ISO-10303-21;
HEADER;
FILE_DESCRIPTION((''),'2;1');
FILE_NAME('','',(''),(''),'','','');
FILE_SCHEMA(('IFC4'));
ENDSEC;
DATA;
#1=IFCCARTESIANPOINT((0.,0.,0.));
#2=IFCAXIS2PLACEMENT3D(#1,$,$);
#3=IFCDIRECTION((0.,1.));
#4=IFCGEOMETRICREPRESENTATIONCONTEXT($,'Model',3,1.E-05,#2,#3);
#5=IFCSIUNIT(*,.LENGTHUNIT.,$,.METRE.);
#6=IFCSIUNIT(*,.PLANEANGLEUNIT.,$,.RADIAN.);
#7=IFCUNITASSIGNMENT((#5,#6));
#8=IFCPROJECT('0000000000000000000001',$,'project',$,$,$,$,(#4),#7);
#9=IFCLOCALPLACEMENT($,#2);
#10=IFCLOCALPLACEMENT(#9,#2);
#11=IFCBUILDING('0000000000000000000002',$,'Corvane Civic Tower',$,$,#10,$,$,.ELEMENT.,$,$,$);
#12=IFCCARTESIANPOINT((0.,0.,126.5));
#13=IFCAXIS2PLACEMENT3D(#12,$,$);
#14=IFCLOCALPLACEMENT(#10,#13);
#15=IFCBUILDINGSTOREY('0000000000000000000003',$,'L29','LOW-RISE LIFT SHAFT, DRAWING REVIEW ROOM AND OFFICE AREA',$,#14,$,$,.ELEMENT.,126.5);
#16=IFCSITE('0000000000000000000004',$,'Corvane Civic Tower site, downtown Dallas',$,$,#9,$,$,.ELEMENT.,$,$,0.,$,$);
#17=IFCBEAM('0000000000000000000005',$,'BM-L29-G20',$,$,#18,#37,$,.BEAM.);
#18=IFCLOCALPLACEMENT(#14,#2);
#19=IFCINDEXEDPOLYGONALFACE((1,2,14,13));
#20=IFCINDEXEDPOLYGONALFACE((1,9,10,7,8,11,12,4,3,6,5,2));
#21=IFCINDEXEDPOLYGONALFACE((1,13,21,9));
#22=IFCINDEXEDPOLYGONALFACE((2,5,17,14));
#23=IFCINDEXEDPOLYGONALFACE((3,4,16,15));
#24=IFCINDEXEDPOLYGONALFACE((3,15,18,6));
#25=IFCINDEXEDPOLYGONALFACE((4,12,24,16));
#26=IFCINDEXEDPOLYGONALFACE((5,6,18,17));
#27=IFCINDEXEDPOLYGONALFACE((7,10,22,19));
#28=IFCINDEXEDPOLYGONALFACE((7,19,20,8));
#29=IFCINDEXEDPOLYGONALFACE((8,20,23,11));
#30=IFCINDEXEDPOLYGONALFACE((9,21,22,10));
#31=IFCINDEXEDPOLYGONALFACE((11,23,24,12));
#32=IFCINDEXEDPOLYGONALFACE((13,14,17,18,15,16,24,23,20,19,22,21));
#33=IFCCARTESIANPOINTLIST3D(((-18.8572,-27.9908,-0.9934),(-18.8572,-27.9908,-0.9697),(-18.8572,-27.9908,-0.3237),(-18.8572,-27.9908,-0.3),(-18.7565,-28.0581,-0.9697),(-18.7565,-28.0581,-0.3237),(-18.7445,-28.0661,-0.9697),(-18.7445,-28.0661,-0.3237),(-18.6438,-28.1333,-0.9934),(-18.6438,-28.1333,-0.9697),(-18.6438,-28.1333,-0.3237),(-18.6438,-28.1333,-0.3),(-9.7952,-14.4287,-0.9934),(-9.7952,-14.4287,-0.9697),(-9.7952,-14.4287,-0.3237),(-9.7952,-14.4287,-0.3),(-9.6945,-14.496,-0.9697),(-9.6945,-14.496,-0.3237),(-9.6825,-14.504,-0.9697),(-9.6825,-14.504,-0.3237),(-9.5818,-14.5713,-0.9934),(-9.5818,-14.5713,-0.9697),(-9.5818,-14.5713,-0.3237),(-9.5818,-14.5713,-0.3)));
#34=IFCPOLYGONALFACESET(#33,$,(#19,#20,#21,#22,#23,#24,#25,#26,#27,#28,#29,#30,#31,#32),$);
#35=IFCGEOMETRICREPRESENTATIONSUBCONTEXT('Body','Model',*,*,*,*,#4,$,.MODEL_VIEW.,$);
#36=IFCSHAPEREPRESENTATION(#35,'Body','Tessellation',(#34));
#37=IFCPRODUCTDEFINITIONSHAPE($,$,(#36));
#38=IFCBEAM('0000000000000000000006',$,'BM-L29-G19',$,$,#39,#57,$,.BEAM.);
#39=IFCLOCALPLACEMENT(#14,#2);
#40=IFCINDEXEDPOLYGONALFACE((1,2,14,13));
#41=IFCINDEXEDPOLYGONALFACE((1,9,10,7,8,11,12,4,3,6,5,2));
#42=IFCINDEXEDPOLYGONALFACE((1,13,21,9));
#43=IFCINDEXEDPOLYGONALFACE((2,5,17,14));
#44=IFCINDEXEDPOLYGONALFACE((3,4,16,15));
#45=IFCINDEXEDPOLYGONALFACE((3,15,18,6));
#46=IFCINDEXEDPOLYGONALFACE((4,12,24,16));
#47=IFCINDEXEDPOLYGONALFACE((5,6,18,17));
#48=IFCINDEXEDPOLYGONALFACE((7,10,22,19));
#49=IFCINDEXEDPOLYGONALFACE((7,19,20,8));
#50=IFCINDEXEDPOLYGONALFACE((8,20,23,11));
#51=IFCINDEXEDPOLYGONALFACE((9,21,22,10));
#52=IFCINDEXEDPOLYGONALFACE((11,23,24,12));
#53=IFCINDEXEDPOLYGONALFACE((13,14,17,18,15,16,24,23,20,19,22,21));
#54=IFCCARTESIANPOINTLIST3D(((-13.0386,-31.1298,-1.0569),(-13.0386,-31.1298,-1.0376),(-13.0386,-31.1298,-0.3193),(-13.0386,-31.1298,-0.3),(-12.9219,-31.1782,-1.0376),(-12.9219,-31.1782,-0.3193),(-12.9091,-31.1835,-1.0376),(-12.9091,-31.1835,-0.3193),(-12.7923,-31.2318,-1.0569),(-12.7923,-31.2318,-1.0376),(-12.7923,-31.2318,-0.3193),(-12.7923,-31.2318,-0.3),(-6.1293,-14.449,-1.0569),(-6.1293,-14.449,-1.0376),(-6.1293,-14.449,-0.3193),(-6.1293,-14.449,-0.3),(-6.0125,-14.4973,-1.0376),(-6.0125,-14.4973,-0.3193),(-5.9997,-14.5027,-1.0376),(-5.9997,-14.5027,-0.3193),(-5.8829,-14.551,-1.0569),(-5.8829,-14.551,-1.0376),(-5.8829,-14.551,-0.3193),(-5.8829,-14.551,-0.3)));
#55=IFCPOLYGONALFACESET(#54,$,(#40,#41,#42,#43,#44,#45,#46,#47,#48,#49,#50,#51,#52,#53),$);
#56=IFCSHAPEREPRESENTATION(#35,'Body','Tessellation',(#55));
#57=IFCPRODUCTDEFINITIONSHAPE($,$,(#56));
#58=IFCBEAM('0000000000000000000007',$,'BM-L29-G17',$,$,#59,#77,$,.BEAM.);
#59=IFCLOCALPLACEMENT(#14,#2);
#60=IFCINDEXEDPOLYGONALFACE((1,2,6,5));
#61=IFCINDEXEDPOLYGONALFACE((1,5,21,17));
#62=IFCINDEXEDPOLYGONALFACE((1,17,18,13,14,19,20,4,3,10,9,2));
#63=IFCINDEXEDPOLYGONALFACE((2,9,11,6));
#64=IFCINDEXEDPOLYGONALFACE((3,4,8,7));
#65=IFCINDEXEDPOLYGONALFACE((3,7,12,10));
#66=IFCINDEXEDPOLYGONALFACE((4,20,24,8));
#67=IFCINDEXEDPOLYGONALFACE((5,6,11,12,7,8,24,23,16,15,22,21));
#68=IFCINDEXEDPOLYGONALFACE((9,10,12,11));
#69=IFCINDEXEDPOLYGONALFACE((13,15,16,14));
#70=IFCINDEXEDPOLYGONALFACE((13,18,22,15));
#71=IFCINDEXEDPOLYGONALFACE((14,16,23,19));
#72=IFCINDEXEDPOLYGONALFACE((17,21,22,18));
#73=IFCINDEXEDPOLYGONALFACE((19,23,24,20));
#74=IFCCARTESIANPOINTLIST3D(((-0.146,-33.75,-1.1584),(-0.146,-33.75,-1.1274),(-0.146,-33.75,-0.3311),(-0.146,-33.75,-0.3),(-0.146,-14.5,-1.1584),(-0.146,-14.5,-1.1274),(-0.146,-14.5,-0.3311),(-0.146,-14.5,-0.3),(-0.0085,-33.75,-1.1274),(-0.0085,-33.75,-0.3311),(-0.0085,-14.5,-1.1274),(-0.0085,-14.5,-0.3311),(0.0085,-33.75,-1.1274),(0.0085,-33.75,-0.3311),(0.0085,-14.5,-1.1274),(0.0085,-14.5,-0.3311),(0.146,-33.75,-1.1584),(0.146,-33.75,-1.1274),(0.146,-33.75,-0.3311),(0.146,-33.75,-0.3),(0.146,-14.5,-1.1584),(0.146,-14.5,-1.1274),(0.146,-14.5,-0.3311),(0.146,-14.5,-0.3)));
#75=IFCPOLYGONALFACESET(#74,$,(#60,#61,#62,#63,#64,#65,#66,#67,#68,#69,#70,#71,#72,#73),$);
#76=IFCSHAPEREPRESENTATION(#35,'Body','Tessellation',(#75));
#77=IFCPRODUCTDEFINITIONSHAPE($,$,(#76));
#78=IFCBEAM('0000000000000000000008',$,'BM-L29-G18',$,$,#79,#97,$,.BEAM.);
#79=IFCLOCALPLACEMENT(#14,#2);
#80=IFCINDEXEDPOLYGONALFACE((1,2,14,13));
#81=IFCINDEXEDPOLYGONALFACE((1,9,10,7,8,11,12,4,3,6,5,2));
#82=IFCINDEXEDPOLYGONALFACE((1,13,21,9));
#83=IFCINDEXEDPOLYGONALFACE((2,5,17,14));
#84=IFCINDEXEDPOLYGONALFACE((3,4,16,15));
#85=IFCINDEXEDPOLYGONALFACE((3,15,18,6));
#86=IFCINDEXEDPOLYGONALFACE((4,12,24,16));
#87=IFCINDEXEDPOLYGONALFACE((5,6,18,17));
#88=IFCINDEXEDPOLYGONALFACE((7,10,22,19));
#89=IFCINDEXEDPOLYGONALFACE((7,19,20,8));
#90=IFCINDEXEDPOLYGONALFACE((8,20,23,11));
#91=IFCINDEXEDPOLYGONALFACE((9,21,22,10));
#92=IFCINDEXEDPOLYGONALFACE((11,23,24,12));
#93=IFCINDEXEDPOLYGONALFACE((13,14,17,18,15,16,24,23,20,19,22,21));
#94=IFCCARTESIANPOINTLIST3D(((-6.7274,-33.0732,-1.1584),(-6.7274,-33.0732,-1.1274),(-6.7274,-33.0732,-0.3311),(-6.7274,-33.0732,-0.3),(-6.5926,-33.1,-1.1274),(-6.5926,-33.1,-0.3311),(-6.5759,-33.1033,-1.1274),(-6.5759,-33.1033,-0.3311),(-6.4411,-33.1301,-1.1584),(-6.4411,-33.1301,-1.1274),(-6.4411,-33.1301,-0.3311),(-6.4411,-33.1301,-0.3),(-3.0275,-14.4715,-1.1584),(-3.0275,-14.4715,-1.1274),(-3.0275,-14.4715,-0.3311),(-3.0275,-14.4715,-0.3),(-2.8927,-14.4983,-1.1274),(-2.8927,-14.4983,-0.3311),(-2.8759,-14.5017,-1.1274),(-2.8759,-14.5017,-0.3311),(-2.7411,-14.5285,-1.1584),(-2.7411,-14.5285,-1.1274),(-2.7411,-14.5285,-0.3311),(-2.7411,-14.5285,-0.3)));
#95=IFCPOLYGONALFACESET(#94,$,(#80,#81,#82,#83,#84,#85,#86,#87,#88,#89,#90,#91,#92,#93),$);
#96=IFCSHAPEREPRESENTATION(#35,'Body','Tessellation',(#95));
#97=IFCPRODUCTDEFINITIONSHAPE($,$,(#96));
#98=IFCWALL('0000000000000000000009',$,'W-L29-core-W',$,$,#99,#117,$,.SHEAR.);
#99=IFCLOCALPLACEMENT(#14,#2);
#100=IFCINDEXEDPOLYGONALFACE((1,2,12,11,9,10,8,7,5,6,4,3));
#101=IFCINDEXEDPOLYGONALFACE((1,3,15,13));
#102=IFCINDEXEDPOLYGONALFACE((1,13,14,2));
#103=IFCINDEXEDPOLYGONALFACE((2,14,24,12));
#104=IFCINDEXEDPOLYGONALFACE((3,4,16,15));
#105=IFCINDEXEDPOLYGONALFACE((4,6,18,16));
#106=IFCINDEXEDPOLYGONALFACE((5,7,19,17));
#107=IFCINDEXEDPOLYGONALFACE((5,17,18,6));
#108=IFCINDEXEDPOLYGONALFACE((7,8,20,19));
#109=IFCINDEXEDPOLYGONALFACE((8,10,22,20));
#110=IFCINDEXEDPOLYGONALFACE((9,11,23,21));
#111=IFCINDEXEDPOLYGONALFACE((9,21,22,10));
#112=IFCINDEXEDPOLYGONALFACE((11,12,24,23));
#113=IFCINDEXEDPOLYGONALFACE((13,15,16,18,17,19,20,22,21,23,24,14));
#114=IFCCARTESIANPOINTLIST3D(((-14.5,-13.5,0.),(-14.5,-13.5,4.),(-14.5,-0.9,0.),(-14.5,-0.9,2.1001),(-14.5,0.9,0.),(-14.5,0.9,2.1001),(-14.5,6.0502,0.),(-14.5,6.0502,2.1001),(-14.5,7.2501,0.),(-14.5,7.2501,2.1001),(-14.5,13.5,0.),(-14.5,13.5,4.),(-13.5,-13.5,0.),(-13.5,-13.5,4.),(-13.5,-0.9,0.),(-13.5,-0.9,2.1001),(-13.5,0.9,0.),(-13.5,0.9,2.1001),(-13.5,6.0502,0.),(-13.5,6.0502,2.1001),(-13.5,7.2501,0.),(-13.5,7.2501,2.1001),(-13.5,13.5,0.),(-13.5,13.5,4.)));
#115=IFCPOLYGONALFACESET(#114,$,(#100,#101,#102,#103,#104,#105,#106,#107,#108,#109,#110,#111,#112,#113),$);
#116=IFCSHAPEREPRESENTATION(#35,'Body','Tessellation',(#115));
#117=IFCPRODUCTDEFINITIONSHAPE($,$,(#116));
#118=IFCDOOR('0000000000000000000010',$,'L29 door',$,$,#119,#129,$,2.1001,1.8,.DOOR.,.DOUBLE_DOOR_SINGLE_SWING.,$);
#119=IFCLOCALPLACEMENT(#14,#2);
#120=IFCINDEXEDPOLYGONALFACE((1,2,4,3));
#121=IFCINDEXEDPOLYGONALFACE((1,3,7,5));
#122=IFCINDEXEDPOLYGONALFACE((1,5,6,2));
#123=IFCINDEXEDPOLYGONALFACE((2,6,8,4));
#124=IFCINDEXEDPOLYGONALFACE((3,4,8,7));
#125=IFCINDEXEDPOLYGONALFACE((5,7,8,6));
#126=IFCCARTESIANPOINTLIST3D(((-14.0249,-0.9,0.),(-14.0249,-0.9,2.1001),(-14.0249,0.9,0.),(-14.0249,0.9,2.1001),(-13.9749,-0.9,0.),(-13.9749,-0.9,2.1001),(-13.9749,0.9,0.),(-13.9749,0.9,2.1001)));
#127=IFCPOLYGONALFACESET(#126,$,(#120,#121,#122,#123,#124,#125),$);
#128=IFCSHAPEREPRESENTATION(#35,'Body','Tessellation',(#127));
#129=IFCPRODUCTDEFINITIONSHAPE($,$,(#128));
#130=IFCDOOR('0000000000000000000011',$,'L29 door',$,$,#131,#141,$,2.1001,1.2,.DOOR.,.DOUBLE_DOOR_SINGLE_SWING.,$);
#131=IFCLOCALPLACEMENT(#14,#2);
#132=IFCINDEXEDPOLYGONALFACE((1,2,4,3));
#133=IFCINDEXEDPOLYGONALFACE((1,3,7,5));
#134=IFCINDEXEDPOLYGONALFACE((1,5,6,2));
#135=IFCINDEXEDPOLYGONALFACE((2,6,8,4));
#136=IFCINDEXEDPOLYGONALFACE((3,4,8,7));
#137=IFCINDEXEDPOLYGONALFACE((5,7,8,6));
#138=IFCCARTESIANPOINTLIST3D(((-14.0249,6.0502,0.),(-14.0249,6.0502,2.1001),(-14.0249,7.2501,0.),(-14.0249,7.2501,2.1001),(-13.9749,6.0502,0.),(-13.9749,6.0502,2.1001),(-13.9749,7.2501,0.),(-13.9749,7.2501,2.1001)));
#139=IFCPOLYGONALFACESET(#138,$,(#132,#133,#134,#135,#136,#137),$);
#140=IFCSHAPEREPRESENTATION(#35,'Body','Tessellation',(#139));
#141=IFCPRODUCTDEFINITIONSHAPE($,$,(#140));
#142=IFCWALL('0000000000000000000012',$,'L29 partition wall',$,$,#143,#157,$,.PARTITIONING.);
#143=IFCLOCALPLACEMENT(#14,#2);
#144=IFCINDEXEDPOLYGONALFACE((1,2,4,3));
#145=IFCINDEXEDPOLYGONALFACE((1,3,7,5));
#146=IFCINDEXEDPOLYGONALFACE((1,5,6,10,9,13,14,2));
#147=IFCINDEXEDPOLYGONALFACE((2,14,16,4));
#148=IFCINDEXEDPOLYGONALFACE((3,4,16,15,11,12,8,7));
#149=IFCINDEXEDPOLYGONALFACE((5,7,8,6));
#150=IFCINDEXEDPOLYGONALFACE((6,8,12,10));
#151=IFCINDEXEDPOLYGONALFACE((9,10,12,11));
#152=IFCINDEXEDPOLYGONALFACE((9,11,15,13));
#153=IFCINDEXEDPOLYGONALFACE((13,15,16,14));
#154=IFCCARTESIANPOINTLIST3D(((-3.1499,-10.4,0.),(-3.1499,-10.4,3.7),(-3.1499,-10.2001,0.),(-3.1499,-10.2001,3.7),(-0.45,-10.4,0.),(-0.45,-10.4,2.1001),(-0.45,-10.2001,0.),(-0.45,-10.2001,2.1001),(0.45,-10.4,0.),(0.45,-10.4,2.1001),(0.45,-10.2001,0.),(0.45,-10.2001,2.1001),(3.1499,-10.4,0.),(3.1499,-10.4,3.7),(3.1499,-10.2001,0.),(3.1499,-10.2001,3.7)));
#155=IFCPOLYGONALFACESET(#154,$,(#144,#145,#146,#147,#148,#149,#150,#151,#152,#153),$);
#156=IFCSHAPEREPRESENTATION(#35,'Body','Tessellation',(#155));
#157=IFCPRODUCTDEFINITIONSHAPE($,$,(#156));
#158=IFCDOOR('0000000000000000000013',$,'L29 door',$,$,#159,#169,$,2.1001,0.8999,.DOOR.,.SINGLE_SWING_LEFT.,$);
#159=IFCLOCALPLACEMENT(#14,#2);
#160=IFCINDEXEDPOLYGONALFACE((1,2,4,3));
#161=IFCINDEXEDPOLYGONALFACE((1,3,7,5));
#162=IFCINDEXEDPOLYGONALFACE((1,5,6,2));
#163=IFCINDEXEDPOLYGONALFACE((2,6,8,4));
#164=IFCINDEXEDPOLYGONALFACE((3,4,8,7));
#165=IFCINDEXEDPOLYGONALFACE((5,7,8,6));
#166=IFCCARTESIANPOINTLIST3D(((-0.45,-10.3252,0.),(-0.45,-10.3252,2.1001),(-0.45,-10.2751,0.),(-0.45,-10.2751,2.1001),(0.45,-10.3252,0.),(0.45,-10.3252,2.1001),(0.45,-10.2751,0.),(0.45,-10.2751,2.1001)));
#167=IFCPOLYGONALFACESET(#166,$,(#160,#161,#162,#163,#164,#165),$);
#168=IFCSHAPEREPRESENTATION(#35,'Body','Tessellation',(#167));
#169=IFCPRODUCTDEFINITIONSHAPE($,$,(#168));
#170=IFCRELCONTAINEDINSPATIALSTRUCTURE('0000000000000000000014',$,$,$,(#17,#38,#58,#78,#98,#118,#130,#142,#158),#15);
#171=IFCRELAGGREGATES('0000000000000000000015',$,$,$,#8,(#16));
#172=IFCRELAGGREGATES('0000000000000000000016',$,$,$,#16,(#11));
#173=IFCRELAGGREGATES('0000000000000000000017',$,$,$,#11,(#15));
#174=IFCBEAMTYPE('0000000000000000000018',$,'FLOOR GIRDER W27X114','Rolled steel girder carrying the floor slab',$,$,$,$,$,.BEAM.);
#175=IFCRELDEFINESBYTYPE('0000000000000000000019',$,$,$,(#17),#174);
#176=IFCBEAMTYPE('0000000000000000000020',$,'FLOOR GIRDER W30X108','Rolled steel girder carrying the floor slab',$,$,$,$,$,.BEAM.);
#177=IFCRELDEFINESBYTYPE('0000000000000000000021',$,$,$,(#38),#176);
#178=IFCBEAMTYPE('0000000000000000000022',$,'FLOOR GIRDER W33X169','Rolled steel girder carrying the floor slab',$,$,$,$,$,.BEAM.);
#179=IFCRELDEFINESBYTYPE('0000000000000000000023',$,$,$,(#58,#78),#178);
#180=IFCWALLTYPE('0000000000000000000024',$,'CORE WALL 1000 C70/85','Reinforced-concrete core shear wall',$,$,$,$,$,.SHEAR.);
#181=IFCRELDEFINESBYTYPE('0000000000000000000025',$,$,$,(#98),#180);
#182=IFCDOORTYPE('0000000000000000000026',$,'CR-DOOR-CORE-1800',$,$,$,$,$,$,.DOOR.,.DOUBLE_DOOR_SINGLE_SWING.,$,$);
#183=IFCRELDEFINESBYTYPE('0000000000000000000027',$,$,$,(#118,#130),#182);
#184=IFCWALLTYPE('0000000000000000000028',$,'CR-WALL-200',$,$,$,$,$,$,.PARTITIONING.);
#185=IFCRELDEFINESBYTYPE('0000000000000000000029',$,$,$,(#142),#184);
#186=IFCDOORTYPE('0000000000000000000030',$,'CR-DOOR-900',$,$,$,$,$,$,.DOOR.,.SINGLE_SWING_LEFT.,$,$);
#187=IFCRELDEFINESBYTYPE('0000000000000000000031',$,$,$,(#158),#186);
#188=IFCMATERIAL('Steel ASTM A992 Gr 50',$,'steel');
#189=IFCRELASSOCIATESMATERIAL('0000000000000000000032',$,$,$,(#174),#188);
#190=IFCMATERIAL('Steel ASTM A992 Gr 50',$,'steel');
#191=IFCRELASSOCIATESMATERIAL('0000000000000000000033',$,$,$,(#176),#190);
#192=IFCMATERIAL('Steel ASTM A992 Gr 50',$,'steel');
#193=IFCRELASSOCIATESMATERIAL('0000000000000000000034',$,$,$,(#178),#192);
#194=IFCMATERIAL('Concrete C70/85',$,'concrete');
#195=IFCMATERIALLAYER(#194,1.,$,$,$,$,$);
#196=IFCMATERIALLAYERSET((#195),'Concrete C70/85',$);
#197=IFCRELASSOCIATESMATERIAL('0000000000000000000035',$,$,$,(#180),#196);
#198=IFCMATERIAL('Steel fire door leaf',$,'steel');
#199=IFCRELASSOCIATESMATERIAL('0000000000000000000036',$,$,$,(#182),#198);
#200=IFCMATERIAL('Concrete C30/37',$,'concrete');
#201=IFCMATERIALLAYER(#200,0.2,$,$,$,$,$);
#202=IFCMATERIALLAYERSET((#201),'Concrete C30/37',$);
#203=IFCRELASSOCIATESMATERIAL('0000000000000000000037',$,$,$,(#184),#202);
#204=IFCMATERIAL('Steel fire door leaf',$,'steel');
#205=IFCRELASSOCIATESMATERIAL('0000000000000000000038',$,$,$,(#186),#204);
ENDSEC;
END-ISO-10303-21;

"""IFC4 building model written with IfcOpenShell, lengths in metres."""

from ifc_helpers import new_model, si_unit, direction, frame, frame_2d, origin, origin_2d, place, context, subcontext, project, spatial, rectangle, i_section, extrude, material, layer, layer_set, material_profile, profile_set, type_object, element, fill, save


model = new_model("IFC4")

# Units and contexts
model_context = context("Model", 3, precision=1e-05, world=origin(), true_north=direction((0.0, 1.0)))
body_context = subcontext(model_context, "Body", "Model", "MODEL_VIEW")
ifc_project = project(units=[si_unit("LENGTHUNIT", "METRE"), si_unit("PLANEANGLEUNIT", "RADIAN")], contexts=[model_context])

# Site, building, storey
site_placement = place(None, origin())
site = spatial("IfcSite", under=ifc_project, at=site_placement, Name="Corvane Civic Tower site, downtown Dallas", CompositionType="ELEMENT", RefElevation=0.0)
building_placement = place(site_placement, origin())
building = spatial("IfcBuilding", under=site, at=building_placement, Name="Corvane Civic Tower", CompositionType="ELEMENT")
storey_placement = place(building_placement, frame((0.0, 0.0, 126.5)))
storey = spatial("IfcBuildingStorey", under=building, at=storey_placement, Name="L29", Description="LOW-RISE LIFT SHAFT, DRAWING REVIEW ROOM AND OFFICE AREA", CompositionType="ELEMENT", Elevation=126.5)

# Beams
ifc_material_1 = material(Name="Steel ASTM A992 Gr 50", Category="steel")
ifc_material_profile_1 = material_profile(ifc_material_1, i_section(OverallWidth=0.2566, OverallDepth=0.6934, WebThickness=0.0144, FlangeThickness=0.0237, at=origin_2d()), Name="W27X114")
ifc_profile_set_1 = profile_set([ifc_material_profile_1], Name="Steel ASTM A992 Gr 50")
beam_type_1 = type_object("IfcBeamType", Name="FLOOR GIRDER W27X114", Description="Rolled steel girder carrying the floor slab", PredefinedType="BEAM", material=ifc_profile_set_1)
beam_1_placement = place(storey_placement, frame((-9.6885, -14.5, -0.6467), z_axis=(-0.555577, -0.831465, 0.0), x_axis=(0.831465, -0.555577, 0.0)))
element("IfcBeam", 1, at=beam_1_placement, inside=storey, type_object=beam_type_1, Name="BM-L29-G20", PredefinedType="BEAM", context=body_context, shape_type="SweptSolid", body=[
    extrude(i_section(OverallWidth=0.2566, OverallDepth=0.6934, WebThickness=0.0144, FlangeThickness=0.0237, at=origin_2d()), origin(), (0.0, 0.0, 1.0), 16.311),
])
ifc_material_2 = material(Name="Steel ASTM A992 Gr 50", Category="steel")
ifc_material_profile_2 = material_profile(ifc_material_2, i_section(OverallWidth=0.2666, OverallDepth=0.7568, WebThickness=0.0139, FlangeThickness=0.0193, at=origin_2d()), Name="W30X108")
ifc_profile_set_2 = profile_set([ifc_material_profile_2], Name="Steel ASTM A992 Gr 50")
beam_type_2 = type_object("IfcBeamType", Name="FLOOR GIRDER W30X108", Description="Rolled steel girder carrying the floor slab", PredefinedType="BEAM", material=ifc_profile_set_2)
beam_2_placement = place(storey_placement, frame((-6.0061, -14.5, -0.6785), z_axis=(-0.382682, -0.92388, 0.0), x_axis=(0.92388, -0.382682, 0.0)))
element("IfcBeam", 2, at=beam_2_placement, inside=storey, type_object=beam_type_2, Name="BM-L29-G19", PredefinedType="BEAM", context=body_context, shape_type="SweptSolid", body=[
    extrude(i_section(OverallWidth=0.2666, OverallDepth=0.7568, WebThickness=0.0139, FlangeThickness=0.0193, at=origin_2d()), origin(), (0.0, 0.0, 1.0), 18.0552),
])
ifc_material_3 = material(Name="Steel ASTM A992 Gr 50", Category="steel")
ifc_material_profile_3 = material_profile(ifc_material_3, i_section(OverallWidth=0.292, OverallDepth=0.8584, WebThickness=0.0171, FlangeThickness=0.031, at=origin_2d()), Name="W33X169")
ifc_profile_set_3 = profile_set([ifc_material_profile_3], Name="Steel ASTM A992 Gr 50")
beam_type_3 = type_object("IfcBeamType", Name="FLOOR GIRDER W33X169", Description="Rolled steel girder carrying the floor slab", PredefinedType="BEAM", material=ifc_profile_set_3)
beam_3_placement = place(storey_placement, frame((0.0, -14.5, -0.7292), z_axis=(0.0, -1.0, 0.0), x_axis=(1.0, 0.0, 0.0)))
element("IfcBeam", 3, at=beam_3_placement, inside=storey, type_object=beam_type_3, Name="BM-L29-G17", PredefinedType="BEAM", context=body_context, shape_type="SweptSolid", body=[
    extrude(i_section(OverallWidth=0.292, OverallDepth=0.8584, WebThickness=0.0171, FlangeThickness=0.031, at=origin_2d()), origin(), (0.0, 0.0, 1.0), 19.25),
])
beam_4_placement = place(storey_placement, frame((-2.8843, -14.5, -0.7292), z_axis=(-0.195084, -0.980787, 0.0), x_axis=(0.980787, -0.195084, 0.0)))
element("IfcBeam", 4, at=beam_4_placement, inside=storey, type_object=beam_type_3, Name="BM-L29-G18", PredefinedType="BEAM", context=body_context, shape_type="SweptSolid", body=[
    extrude(i_section(OverallWidth=0.292, OverallDepth=0.8584, WebThickness=0.0171, FlangeThickness=0.031, at=origin_2d()), origin(), (0.0, 0.0, 1.0), 18.9661),
])

# Wall, openings, doors
ifc_material_4 = material(Name="Concrete C70/85", Category="concrete")
ifc_layer_1 = layer(ifc_material_4, 1.0)
ifc_layer_set_1 = layer_set([ifc_layer_1], Name="Concrete C70/85")
wall_type_1 = type_object("IfcWallType", Name="CORE WALL 1000 C70/85", Description="Reinforced-concrete core shear wall", PredefinedType="SHEAR", material=ifc_layer_set_1)
wall_1_placement = place(storey_placement, frame((-14.0, -13.5, 0.0), z_axis=(0.0, 0.0, 1.0), x_axis=(0.0, 1.0, 0.0)))
wall_1 = element("IfcWall", 5, at=wall_1_placement, inside=storey, type_object=wall_type_1, Name="W-L29-core-W", PredefinedType="SHEAR", context=body_context, shape_type="SweptSolid", body=[
    extrude(rectangle(XDim=27.0, YDim=1.0, at=frame_2d((13.5, 0.0))), origin(), (0.0, 0.0, 1.0), 4.0),
])
opening_1_placement = place(wall_1_placement, frame((12.6001, 0.0, 0.0)))
opening_1 = element("IfcOpeningElement", 6, at=opening_1_placement, cuts=wall_1, PredefinedType="OPENING", context=body_context, shape_type="SweptSolid", body=[
    extrude(rectangle(XDim=1.8, YDim=2.1001, at=frame_2d((0.8999, 1.05))), frame((0.0, 0.51, 0.0), z_axis=(0.0, -1.0, 0.0), x_axis=(1.0, 0.0, 0.0)), (0.0, 0.0, 1.0), 1.02),
])
opening_2_placement = place(wall_1_placement, frame((19.55, 0.0, 0.0)))
opening_2 = element("IfcOpeningElement", 7, at=opening_2_placement, cuts=wall_1, PredefinedType="OPENING", context=body_context, shape_type="SweptSolid", body=[
    extrude(rectangle(XDim=1.2, YDim=2.1001, at=frame_2d((0.6001, 1.05))), frame((0.0, 0.51, 0.0), z_axis=(0.0, -1.0, 0.0), x_axis=(1.0, 0.0, 0.0)), (0.0, 0.0, 1.0), 1.02),
])
ifc_material_5 = material(Name="Steel fire door leaf", Category="steel")
door_type_1 = type_object("IfcDoorType", Name="CR-DOOR-CORE-1800", OperationType="DOUBLE_DOOR_SINGLE_SWING", PredefinedType="DOOR", material=ifc_material_5)
door_1_placement = place(opening_1_placement, origin())
door_1 = element("IfcDoor", 8, at=door_1_placement, inside=storey, type_object=door_type_1, Name="L29 door", OperationType="DOUBLE_DOOR_SINGLE_SWING", OverallHeight=2.1001, OverallWidth=1.8, PredefinedType="DOOR", context=body_context, shape_type="SweptSolid", body=[
    extrude(rectangle(XDim=1.8, YDim=2.1001, at=frame_2d((0.8999, 1.05))), frame((0.0, 0.0249, 0.0), z_axis=(0.0, -1.0, 0.0), x_axis=(1.0, 0.0, 0.0)), (0.0, 0.0, 1.0), 0.05),
])
fill(opening_1, door_1)
door_2_placement = place(opening_2_placement, origin())
door_2 = element("IfcDoor", 9, at=door_2_placement, inside=storey, type_object=door_type_1, Name="L29 door", OperationType="DOUBLE_DOOR_SINGLE_SWING", OverallHeight=2.1001, OverallWidth=1.2, PredefinedType="DOOR", context=body_context, shape_type="SweptSolid", body=[
    extrude(rectangle(XDim=1.2, YDim=2.1001, at=frame_2d((0.6001, 1.05))), frame((0.0, 0.0249, 0.0), z_axis=(0.0, -1.0, 0.0), x_axis=(1.0, 0.0, 0.0)), (0.0, 0.0, 1.0), 0.05),
])
fill(opening_2, door_2)

# Wall, opening, door
ifc_material_6 = material(Name="Concrete C30/37", Category="concrete")
ifc_layer_2 = layer(ifc_material_6, 0.2)
ifc_layer_set_2 = layer_set([ifc_layer_2], Name="Concrete C30/37")
wall_type_2 = type_object("IfcWallType", Name="CR-WALL-200", PredefinedType="PARTITIONING", material=ifc_layer_set_2)
wall_2_placement = place(storey_placement, frame((-3.1499, -10.3, 0.0), z_axis=(0.0, 0.0, 1.0), x_axis=(1.0, 0.0, 0.0)))
wall_2 = element("IfcWall", 10, at=wall_2_placement, inside=storey, type_object=wall_type_2, Name="L29 partition wall", PredefinedType="PARTITIONING", context=body_context, shape_type="SweptSolid", body=[
    extrude(rectangle(XDim=6.2998, YDim=0.2, at=frame_2d((3.1499, 0.0))), origin(), (0.0, 0.0, 1.0), 3.7),
])
opening_3_placement = place(wall_2_placement, frame((2.7, 0.0, 0.0)))
opening_3 = element("IfcOpeningElement", 11, at=opening_3_placement, cuts=wall_2, PredefinedType="OPENING", context=body_context, shape_type="SweptSolid", body=[
    extrude(rectangle(XDim=0.8999, YDim=2.1001, at=frame_2d((0.45, 1.05))), frame((0.0, 0.1099, 0.0), z_axis=(0.0, -1.0, 0.0), x_axis=(1.0, 0.0, 0.0)), (0.0, 0.0, 1.0), 0.22),
])
ifc_material_7 = material(Name="Steel fire door leaf", Category="steel")
door_type_2 = type_object("IfcDoorType", Name="CR-DOOR-900", OperationType="SINGLE_SWING_LEFT", PredefinedType="DOOR", material=ifc_material_7)
door_3_placement = place(opening_3_placement, origin())
door_3 = element("IfcDoor", 12, at=door_3_placement, inside=storey, type_object=door_type_2, Name="L29 door", OperationType="SINGLE_SWING_LEFT", OverallHeight=2.1001, OverallWidth=0.8999, PredefinedType="DOOR", context=body_context, shape_type="SweptSolid", body=[
    extrude(rectangle(XDim=0.8999, YDim=2.1001, at=frame_2d((0.45, 1.05))), frame((0.0, 0.0249, 0.0), z_axis=(0.0, -1.0, 0.0), x_axis=(1.0, 0.0, 0.0)), (0.0, 0.0, 1.0), 0.05),
])
fill(opening_3, door_3)

save(model, "model.ifc")
